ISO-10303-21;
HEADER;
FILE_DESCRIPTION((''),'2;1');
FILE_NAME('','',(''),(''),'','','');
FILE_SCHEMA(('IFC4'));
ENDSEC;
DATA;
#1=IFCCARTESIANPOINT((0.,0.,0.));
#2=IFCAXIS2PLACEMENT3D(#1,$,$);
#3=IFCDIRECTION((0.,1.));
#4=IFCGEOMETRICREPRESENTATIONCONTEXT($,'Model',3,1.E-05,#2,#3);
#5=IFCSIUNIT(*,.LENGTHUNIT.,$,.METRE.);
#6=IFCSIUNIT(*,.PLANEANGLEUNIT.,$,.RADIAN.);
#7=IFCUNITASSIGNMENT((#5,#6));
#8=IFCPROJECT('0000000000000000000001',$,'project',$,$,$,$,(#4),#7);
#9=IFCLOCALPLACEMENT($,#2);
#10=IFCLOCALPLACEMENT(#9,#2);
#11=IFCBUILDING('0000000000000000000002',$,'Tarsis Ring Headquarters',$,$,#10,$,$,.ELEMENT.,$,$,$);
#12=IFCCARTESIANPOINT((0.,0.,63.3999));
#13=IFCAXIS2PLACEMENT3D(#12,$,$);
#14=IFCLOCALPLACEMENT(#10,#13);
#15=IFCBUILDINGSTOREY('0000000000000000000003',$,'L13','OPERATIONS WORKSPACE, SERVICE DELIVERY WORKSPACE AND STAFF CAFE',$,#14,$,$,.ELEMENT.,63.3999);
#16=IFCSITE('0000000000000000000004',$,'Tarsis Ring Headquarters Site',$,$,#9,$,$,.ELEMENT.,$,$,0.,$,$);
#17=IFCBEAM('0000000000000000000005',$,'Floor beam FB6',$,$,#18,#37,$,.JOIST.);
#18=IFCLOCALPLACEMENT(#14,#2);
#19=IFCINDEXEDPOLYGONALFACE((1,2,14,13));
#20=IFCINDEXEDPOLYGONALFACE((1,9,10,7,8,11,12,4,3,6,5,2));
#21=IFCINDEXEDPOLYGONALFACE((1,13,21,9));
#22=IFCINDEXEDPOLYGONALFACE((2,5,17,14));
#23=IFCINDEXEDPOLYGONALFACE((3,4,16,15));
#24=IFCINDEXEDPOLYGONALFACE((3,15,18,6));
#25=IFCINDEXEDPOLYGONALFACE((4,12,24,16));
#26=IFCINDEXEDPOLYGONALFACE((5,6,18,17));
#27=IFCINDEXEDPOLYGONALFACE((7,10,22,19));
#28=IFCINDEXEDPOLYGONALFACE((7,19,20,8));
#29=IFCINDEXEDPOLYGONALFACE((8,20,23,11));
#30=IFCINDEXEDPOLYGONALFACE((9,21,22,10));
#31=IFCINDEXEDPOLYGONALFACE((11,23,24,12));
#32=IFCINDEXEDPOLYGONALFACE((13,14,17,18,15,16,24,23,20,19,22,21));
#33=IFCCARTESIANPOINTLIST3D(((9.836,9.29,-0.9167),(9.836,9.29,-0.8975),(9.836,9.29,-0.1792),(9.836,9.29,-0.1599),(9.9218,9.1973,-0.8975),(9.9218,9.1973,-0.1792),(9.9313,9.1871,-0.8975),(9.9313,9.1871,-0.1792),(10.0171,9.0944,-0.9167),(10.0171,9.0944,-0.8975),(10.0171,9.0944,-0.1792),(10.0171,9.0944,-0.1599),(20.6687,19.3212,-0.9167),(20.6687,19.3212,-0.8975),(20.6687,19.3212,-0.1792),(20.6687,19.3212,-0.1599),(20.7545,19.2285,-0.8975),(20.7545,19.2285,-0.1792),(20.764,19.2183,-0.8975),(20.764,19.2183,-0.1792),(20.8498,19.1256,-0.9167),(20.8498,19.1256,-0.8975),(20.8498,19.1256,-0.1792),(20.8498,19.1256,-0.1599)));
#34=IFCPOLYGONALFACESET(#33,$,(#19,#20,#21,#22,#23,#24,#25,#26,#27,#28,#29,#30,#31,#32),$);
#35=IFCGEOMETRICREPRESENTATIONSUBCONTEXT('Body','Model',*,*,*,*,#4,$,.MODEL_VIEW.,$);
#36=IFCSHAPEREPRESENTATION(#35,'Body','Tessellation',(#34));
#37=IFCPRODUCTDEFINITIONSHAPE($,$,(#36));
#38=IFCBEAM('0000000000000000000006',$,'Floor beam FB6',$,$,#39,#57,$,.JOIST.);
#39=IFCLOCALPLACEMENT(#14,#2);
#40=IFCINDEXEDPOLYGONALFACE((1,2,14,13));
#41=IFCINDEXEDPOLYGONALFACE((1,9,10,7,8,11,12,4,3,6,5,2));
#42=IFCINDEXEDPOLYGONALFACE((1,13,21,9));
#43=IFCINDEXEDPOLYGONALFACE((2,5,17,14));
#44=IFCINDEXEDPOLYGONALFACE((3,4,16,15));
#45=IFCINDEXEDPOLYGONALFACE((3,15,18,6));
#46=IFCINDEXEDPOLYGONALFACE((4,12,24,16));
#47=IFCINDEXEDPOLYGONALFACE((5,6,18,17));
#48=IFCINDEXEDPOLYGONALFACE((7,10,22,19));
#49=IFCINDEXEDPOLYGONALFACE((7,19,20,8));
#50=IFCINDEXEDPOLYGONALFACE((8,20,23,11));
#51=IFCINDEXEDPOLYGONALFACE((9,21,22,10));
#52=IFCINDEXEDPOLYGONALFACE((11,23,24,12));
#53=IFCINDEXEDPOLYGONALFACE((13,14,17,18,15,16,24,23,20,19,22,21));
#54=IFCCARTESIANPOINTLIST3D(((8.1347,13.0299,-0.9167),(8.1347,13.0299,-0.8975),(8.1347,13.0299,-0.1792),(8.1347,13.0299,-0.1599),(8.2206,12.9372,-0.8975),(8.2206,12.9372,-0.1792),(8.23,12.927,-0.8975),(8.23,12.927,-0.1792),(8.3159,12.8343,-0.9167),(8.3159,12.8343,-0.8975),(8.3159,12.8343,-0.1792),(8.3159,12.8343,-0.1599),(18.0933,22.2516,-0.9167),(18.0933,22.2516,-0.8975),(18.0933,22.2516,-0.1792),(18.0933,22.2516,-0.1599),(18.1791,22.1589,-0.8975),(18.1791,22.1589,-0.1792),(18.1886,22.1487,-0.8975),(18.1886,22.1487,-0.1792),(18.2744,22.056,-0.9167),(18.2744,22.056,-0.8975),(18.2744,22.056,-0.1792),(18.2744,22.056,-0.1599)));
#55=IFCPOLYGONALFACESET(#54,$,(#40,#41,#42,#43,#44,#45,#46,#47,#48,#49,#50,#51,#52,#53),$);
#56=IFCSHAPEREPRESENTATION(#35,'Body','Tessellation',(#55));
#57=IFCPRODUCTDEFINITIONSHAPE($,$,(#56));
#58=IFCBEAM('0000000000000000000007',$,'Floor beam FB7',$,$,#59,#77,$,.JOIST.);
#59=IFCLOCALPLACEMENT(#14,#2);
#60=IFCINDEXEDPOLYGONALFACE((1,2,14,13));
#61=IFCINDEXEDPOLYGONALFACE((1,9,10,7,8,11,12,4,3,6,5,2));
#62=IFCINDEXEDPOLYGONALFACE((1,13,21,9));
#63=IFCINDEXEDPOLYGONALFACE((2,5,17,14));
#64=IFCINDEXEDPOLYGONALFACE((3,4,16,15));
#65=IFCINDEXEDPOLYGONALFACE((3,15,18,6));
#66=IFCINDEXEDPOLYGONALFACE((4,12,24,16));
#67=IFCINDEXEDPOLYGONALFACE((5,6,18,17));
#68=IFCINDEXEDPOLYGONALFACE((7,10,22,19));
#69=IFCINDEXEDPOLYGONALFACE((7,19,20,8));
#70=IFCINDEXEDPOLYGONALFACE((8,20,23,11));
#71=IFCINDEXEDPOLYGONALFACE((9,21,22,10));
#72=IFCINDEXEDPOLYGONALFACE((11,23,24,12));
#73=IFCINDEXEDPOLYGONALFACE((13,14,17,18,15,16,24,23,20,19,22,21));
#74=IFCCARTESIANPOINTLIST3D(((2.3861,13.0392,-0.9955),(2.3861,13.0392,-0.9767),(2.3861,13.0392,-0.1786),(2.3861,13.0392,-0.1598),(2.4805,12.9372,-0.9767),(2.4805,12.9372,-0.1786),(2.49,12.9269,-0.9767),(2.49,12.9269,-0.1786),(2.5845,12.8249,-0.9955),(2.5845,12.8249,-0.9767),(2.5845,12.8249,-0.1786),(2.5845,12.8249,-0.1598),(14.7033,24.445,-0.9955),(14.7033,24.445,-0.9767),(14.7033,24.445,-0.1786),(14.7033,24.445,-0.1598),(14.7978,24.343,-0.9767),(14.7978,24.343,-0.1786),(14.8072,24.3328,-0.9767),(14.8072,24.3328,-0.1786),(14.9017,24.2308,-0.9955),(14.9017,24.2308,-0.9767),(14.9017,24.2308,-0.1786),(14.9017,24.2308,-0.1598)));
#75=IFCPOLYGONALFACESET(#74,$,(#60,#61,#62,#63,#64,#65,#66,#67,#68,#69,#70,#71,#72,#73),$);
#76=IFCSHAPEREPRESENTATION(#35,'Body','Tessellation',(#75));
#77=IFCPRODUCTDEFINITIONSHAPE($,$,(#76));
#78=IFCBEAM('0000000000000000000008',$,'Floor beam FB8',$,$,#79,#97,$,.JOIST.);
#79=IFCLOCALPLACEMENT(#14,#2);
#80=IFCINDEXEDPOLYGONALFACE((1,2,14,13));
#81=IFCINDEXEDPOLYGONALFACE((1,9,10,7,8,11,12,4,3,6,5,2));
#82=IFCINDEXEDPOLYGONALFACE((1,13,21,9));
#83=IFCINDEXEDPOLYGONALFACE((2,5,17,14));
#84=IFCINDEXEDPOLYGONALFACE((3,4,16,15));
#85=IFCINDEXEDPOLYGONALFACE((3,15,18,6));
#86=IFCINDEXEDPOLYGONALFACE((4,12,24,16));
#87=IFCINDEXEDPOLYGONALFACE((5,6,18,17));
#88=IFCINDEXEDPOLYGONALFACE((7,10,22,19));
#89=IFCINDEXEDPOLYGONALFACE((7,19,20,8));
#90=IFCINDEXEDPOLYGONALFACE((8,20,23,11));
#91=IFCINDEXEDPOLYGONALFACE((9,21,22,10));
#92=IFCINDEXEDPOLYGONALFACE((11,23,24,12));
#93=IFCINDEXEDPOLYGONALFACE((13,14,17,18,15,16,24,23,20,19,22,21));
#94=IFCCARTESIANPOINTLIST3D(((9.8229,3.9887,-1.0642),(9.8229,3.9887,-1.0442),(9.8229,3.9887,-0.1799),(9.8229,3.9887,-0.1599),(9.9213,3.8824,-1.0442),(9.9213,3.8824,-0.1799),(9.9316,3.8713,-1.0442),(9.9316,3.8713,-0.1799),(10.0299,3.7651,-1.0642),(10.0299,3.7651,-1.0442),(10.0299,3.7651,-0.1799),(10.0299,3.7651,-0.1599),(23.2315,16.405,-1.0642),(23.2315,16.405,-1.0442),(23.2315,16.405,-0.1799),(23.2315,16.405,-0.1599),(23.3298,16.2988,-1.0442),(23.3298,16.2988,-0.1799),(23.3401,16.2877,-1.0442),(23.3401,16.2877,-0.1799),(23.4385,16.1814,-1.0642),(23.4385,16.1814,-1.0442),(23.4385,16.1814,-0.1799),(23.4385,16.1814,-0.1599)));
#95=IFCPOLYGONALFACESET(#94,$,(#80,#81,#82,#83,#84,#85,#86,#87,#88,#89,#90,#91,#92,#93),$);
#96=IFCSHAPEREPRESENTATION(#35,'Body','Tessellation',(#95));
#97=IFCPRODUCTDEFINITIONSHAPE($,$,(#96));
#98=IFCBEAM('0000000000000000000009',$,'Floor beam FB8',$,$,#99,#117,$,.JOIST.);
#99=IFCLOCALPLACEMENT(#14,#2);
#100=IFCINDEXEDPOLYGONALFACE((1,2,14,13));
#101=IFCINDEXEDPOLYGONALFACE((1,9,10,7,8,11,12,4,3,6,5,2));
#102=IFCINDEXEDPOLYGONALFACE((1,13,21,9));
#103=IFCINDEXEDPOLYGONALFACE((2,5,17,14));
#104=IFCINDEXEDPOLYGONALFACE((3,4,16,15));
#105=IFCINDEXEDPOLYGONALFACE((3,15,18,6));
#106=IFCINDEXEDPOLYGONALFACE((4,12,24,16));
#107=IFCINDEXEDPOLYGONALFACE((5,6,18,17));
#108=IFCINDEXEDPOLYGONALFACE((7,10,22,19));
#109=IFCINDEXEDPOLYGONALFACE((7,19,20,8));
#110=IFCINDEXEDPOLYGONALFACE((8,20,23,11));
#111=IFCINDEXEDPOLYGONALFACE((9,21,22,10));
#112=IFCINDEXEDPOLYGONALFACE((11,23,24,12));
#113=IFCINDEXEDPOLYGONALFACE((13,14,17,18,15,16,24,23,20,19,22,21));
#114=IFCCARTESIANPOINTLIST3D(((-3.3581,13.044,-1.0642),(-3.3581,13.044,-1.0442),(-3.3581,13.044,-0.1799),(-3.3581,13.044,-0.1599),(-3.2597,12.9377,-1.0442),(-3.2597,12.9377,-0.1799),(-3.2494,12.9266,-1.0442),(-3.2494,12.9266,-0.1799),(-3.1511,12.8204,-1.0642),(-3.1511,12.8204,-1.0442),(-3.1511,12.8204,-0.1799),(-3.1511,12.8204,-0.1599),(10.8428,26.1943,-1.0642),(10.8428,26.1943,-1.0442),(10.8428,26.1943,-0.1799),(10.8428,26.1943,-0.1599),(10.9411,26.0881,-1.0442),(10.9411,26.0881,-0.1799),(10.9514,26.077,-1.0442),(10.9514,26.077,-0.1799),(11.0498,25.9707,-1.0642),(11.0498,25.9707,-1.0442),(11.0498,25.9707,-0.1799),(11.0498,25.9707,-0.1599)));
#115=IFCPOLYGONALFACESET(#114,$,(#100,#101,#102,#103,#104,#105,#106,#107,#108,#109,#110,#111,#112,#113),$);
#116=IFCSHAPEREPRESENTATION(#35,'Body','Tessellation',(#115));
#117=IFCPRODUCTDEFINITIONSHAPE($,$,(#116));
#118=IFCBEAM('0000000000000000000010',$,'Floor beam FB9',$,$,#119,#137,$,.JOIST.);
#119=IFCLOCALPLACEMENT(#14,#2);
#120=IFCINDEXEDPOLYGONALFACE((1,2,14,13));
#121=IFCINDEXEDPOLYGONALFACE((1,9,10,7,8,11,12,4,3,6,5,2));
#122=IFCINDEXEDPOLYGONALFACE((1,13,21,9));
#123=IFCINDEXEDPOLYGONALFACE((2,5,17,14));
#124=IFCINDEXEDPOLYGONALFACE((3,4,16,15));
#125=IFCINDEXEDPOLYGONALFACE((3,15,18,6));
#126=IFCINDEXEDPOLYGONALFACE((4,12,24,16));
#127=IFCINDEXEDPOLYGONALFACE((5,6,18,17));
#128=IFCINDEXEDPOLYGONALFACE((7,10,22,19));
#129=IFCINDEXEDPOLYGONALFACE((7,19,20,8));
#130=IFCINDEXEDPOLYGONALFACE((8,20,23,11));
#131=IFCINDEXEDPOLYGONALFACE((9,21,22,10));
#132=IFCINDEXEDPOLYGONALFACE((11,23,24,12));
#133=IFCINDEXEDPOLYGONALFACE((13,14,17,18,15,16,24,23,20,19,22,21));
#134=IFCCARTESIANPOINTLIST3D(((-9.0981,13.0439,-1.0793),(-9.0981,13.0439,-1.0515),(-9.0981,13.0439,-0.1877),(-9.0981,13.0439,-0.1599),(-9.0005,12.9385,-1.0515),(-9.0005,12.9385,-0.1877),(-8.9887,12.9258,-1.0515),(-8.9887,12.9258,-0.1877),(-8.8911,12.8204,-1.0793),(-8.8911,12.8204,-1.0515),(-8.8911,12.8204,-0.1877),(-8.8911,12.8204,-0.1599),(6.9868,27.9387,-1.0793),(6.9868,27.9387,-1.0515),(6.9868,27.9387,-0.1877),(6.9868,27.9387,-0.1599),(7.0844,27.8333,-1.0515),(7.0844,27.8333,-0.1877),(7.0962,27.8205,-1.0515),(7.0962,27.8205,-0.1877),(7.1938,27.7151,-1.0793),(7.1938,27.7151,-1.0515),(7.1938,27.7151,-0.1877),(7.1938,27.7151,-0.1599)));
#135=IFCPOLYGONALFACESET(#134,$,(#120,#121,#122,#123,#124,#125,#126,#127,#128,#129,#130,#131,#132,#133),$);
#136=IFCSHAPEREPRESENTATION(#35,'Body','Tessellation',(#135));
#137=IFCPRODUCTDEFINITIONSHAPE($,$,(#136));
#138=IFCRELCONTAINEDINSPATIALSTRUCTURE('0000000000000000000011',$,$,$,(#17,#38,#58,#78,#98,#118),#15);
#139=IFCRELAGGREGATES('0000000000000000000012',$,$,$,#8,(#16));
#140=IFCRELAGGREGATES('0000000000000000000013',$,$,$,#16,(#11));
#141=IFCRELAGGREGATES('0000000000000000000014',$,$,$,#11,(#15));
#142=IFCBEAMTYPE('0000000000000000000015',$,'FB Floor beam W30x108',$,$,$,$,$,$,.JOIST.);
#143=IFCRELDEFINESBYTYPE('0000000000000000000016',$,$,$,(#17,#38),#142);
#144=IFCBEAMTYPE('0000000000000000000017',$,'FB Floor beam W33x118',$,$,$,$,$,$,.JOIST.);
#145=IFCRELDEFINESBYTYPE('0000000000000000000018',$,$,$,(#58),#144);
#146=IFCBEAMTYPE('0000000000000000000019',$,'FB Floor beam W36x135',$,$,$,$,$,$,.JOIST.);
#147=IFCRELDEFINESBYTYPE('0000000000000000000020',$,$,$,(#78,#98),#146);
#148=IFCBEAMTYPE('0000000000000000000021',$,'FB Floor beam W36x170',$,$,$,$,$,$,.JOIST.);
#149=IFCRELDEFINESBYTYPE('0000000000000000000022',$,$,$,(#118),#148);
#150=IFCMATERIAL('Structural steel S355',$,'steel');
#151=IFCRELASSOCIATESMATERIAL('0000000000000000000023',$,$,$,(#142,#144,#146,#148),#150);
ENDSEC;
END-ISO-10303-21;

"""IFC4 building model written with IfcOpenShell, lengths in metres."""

from ifc_helpers import new_model, si_unit, direction, frame, origin, origin_2d, place, context, subcontext, project, spatial, i_section, extrude, material, material_profile, profile_set, type_object, element, save


model = new_model("IFC4")

# Units and contexts
model_context = context("Model", 3, precision=1e-05, world=origin(), true_north=direction((0.0, 1.0)))
body_context = subcontext(model_context, "Body", "Model", "MODEL_VIEW")
ifc_project = project(units=[si_unit("LENGTHUNIT", "METRE"), si_unit("PLANEANGLEUNIT", "RADIAN")], contexts=[model_context])

# Site, building, storey
site_placement = place(None, origin())
site = spatial("IfcSite", under=ifc_project, at=site_placement, Name="Tarsis Ring Headquarters Site", CompositionType="ELEMENT", RefElevation=0.0)
building_placement = place(site_placement, origin())
building = spatial("IfcBuilding", under=site, at=building_placement, Name="Tarsis Ring Headquarters", CompositionType="ELEMENT")
storey_placement = place(building_placement, frame((0.0, 0.0, 63.3999)))
storey = spatial("IfcBuildingStorey", under=building, at=storey_placement, Name="L13", Description="OPERATIONS WORKSPACE, SERVICE DELIVERY WORKSPACE AND STAFF CAFE", CompositionType="ELEMENT", Elevation=63.3999)

# Beams
ifc_material_1 = material(Name="Structural steel S355", Category="steel")
ifc_material_profile_1 = material_profile(ifc_material_1, i_section(OverallWidth=0.2666, OverallDepth=0.7568, WebThickness=0.0139, FlangeThickness=0.0193, at=origin_2d()), Name="W30x108")
ifc_profile_set_1 = profile_set([ifc_material_profile_1], Name="Structural steel S355")
beam_type_1 = type_object("IfcBeamType", Name="FB Floor beam W30x108", PredefinedType="JOIST", material=ifc_profile_set_1)
beam_1_placement = place(storey_placement, frame((20.7593, 19.2234, -0.5383), z_axis=(-0.73373, -0.679441, 0.0), x_axis=(0.679441, -0.73373, 0.0)))
element("IfcBeam", 1, at=beam_1_placement, inside=storey, type_object=beam_type_1, Name="Floor beam FB6", PredefinedType="JOIST", context=body_context, shape_type="SweptSolid", body=[
    extrude(i_section(OverallWidth=0.2666, OverallDepth=0.7568, WebThickness=0.0139, FlangeThickness=0.0193, at=origin_2d()), origin(), (0.0, 0.0, 1.0), 14.7639),
])
beam_2_placement = place(storey_placement, frame((18.1838, 22.1538, -0.5383), z_axis=(-0.733729, -0.679442, 0.0), x_axis=(0.679442, -0.733729, 0.0)))
element("IfcBeam", 2, at=beam_2_placement, inside=storey, type_object=beam_type_1, Name="Floor beam FB6", PredefinedType="JOIST", context=body_context, shape_type="SweptSolid", body=[
    extrude(i_section(OverallWidth=0.2666, OverallDepth=0.7568, WebThickness=0.0139, FlangeThickness=0.0193, at=origin_2d()), origin(), (0.0, 0.0, 1.0), 13.5725),
])
ifc_material_profile_2 = material_profile(ifc_material_1, i_section(OverallWidth=0.292, OverallDepth=0.8357, WebThickness=0.0139, FlangeThickness=0.0188, at=origin_2d()), Name="W33x118")
ifc_profile_set_2 = profile_set([ifc_material_profile_2], Name="Structural steel S355")
beam_type_2 = type_object("IfcBeamType", Name="FB Floor beam W33x118", PredefinedType="JOIST", material=ifc_profile_set_2)
beam_3_placement = place(storey_placement, frame((14.8025, 24.3379, -0.5776), z_axis=(-0.733731, -0.67944, 0.0), x_axis=(0.67944, -0.733731, 0.0)))
element("IfcBeam", 3, at=beam_3_placement, inside=storey, type_object=beam_type_2, Name="Floor beam FB7", PredefinedType="JOIST", context=body_context, shape_type="SweptSolid", body=[
    extrude(i_section(OverallWidth=0.292, OverallDepth=0.8357, WebThickness=0.0139, FlangeThickness=0.0188, at=origin_2d()), origin(), (0.0, 0.0, 1.0), 16.7871),
])
ifc_material_profile_3 = material_profile(ifc_material_1, i_section(OverallWidth=0.3047, OverallDepth=0.9043, WebThickness=0.0151, FlangeThickness=0.02, at=origin_2d()), Name="W36x135")
ifc_profile_set_3 = profile_set([ifc_material_profile_3], Name="Structural steel S355")
beam_type_3 = type_object("IfcBeamType", Name="FB Floor beam W36x135", PredefinedType="JOIST", material=ifc_profile_set_3)
beam_4_placement = place(storey_placement, frame((23.335, 16.2932, -0.6121), z_axis=(-0.733733, -0.679438, 0.0), x_axis=(0.679438, -0.733733, 0.0)))
element("IfcBeam", 4, at=beam_4_placement, inside=storey, type_object=beam_type_3, Name="Floor beam FB8", PredefinedType="JOIST", context=body_context, shape_type="SweptSolid", body=[
    extrude(i_section(OverallWidth=0.3047, OverallDepth=0.9043, WebThickness=0.0151, FlangeThickness=0.02, at=origin_2d()), origin(), (0.0, 0.0, 1.0), 18.2744),
])
beam_5_placement = place(storey_placement, frame((10.9463, 26.0825, -0.6121), z_axis=(-0.733725, -0.679447, 0.0), x_axis=(0.679447, -0.733725, 0.0)))
element("IfcBeam", 5, at=beam_5_placement, inside=storey, type_object=beam_type_3, Name="Floor beam FB8", PredefinedType="JOIST", context=body_context, shape_type="SweptSolid", body=[
    extrude(i_section(OverallWidth=0.3047, OverallDepth=0.9043, WebThickness=0.0151, FlangeThickness=0.02, at=origin_2d()), origin(), (0.0, 0.0, 1.0), 19.3545),
])
ifc_material_profile_4 = material_profile(ifc_material_1, i_section(OverallWidth=0.3047, OverallDepth=0.9194, WebThickness=0.0173, FlangeThickness=0.0278, at=origin_2d()), Name="W36x170")
ifc_profile_set_4 = profile_set([ifc_material_profile_4], Name="Structural steel S355")
beam_type_4 = type_object("IfcBeamType", Name="FB Floor beam W36x170", PredefinedType="JOIST", material=ifc_profile_set_4)
beam_6_placement = place(storey_placement, frame((7.0903, 27.8269, -0.6196), z_axis=(-0.733731, -0.67944, 0.0), x_axis=(0.67944, -0.733731, 0.0)))
element("IfcBeam", 6, at=beam_6_placement, inside=storey, type_object=beam_type_4, Name="Floor beam FB9", PredefinedType="JOIST", context=body_context, shape_type="SweptSolid", body=[
    extrude(i_section(OverallWidth=0.3047, OverallDepth=0.9194, WebThickness=0.0173, FlangeThickness=0.0278, at=origin_2d()), origin(), (0.0, 0.0, 1.0), 21.9221),
])

save(model, "model.ifc")
